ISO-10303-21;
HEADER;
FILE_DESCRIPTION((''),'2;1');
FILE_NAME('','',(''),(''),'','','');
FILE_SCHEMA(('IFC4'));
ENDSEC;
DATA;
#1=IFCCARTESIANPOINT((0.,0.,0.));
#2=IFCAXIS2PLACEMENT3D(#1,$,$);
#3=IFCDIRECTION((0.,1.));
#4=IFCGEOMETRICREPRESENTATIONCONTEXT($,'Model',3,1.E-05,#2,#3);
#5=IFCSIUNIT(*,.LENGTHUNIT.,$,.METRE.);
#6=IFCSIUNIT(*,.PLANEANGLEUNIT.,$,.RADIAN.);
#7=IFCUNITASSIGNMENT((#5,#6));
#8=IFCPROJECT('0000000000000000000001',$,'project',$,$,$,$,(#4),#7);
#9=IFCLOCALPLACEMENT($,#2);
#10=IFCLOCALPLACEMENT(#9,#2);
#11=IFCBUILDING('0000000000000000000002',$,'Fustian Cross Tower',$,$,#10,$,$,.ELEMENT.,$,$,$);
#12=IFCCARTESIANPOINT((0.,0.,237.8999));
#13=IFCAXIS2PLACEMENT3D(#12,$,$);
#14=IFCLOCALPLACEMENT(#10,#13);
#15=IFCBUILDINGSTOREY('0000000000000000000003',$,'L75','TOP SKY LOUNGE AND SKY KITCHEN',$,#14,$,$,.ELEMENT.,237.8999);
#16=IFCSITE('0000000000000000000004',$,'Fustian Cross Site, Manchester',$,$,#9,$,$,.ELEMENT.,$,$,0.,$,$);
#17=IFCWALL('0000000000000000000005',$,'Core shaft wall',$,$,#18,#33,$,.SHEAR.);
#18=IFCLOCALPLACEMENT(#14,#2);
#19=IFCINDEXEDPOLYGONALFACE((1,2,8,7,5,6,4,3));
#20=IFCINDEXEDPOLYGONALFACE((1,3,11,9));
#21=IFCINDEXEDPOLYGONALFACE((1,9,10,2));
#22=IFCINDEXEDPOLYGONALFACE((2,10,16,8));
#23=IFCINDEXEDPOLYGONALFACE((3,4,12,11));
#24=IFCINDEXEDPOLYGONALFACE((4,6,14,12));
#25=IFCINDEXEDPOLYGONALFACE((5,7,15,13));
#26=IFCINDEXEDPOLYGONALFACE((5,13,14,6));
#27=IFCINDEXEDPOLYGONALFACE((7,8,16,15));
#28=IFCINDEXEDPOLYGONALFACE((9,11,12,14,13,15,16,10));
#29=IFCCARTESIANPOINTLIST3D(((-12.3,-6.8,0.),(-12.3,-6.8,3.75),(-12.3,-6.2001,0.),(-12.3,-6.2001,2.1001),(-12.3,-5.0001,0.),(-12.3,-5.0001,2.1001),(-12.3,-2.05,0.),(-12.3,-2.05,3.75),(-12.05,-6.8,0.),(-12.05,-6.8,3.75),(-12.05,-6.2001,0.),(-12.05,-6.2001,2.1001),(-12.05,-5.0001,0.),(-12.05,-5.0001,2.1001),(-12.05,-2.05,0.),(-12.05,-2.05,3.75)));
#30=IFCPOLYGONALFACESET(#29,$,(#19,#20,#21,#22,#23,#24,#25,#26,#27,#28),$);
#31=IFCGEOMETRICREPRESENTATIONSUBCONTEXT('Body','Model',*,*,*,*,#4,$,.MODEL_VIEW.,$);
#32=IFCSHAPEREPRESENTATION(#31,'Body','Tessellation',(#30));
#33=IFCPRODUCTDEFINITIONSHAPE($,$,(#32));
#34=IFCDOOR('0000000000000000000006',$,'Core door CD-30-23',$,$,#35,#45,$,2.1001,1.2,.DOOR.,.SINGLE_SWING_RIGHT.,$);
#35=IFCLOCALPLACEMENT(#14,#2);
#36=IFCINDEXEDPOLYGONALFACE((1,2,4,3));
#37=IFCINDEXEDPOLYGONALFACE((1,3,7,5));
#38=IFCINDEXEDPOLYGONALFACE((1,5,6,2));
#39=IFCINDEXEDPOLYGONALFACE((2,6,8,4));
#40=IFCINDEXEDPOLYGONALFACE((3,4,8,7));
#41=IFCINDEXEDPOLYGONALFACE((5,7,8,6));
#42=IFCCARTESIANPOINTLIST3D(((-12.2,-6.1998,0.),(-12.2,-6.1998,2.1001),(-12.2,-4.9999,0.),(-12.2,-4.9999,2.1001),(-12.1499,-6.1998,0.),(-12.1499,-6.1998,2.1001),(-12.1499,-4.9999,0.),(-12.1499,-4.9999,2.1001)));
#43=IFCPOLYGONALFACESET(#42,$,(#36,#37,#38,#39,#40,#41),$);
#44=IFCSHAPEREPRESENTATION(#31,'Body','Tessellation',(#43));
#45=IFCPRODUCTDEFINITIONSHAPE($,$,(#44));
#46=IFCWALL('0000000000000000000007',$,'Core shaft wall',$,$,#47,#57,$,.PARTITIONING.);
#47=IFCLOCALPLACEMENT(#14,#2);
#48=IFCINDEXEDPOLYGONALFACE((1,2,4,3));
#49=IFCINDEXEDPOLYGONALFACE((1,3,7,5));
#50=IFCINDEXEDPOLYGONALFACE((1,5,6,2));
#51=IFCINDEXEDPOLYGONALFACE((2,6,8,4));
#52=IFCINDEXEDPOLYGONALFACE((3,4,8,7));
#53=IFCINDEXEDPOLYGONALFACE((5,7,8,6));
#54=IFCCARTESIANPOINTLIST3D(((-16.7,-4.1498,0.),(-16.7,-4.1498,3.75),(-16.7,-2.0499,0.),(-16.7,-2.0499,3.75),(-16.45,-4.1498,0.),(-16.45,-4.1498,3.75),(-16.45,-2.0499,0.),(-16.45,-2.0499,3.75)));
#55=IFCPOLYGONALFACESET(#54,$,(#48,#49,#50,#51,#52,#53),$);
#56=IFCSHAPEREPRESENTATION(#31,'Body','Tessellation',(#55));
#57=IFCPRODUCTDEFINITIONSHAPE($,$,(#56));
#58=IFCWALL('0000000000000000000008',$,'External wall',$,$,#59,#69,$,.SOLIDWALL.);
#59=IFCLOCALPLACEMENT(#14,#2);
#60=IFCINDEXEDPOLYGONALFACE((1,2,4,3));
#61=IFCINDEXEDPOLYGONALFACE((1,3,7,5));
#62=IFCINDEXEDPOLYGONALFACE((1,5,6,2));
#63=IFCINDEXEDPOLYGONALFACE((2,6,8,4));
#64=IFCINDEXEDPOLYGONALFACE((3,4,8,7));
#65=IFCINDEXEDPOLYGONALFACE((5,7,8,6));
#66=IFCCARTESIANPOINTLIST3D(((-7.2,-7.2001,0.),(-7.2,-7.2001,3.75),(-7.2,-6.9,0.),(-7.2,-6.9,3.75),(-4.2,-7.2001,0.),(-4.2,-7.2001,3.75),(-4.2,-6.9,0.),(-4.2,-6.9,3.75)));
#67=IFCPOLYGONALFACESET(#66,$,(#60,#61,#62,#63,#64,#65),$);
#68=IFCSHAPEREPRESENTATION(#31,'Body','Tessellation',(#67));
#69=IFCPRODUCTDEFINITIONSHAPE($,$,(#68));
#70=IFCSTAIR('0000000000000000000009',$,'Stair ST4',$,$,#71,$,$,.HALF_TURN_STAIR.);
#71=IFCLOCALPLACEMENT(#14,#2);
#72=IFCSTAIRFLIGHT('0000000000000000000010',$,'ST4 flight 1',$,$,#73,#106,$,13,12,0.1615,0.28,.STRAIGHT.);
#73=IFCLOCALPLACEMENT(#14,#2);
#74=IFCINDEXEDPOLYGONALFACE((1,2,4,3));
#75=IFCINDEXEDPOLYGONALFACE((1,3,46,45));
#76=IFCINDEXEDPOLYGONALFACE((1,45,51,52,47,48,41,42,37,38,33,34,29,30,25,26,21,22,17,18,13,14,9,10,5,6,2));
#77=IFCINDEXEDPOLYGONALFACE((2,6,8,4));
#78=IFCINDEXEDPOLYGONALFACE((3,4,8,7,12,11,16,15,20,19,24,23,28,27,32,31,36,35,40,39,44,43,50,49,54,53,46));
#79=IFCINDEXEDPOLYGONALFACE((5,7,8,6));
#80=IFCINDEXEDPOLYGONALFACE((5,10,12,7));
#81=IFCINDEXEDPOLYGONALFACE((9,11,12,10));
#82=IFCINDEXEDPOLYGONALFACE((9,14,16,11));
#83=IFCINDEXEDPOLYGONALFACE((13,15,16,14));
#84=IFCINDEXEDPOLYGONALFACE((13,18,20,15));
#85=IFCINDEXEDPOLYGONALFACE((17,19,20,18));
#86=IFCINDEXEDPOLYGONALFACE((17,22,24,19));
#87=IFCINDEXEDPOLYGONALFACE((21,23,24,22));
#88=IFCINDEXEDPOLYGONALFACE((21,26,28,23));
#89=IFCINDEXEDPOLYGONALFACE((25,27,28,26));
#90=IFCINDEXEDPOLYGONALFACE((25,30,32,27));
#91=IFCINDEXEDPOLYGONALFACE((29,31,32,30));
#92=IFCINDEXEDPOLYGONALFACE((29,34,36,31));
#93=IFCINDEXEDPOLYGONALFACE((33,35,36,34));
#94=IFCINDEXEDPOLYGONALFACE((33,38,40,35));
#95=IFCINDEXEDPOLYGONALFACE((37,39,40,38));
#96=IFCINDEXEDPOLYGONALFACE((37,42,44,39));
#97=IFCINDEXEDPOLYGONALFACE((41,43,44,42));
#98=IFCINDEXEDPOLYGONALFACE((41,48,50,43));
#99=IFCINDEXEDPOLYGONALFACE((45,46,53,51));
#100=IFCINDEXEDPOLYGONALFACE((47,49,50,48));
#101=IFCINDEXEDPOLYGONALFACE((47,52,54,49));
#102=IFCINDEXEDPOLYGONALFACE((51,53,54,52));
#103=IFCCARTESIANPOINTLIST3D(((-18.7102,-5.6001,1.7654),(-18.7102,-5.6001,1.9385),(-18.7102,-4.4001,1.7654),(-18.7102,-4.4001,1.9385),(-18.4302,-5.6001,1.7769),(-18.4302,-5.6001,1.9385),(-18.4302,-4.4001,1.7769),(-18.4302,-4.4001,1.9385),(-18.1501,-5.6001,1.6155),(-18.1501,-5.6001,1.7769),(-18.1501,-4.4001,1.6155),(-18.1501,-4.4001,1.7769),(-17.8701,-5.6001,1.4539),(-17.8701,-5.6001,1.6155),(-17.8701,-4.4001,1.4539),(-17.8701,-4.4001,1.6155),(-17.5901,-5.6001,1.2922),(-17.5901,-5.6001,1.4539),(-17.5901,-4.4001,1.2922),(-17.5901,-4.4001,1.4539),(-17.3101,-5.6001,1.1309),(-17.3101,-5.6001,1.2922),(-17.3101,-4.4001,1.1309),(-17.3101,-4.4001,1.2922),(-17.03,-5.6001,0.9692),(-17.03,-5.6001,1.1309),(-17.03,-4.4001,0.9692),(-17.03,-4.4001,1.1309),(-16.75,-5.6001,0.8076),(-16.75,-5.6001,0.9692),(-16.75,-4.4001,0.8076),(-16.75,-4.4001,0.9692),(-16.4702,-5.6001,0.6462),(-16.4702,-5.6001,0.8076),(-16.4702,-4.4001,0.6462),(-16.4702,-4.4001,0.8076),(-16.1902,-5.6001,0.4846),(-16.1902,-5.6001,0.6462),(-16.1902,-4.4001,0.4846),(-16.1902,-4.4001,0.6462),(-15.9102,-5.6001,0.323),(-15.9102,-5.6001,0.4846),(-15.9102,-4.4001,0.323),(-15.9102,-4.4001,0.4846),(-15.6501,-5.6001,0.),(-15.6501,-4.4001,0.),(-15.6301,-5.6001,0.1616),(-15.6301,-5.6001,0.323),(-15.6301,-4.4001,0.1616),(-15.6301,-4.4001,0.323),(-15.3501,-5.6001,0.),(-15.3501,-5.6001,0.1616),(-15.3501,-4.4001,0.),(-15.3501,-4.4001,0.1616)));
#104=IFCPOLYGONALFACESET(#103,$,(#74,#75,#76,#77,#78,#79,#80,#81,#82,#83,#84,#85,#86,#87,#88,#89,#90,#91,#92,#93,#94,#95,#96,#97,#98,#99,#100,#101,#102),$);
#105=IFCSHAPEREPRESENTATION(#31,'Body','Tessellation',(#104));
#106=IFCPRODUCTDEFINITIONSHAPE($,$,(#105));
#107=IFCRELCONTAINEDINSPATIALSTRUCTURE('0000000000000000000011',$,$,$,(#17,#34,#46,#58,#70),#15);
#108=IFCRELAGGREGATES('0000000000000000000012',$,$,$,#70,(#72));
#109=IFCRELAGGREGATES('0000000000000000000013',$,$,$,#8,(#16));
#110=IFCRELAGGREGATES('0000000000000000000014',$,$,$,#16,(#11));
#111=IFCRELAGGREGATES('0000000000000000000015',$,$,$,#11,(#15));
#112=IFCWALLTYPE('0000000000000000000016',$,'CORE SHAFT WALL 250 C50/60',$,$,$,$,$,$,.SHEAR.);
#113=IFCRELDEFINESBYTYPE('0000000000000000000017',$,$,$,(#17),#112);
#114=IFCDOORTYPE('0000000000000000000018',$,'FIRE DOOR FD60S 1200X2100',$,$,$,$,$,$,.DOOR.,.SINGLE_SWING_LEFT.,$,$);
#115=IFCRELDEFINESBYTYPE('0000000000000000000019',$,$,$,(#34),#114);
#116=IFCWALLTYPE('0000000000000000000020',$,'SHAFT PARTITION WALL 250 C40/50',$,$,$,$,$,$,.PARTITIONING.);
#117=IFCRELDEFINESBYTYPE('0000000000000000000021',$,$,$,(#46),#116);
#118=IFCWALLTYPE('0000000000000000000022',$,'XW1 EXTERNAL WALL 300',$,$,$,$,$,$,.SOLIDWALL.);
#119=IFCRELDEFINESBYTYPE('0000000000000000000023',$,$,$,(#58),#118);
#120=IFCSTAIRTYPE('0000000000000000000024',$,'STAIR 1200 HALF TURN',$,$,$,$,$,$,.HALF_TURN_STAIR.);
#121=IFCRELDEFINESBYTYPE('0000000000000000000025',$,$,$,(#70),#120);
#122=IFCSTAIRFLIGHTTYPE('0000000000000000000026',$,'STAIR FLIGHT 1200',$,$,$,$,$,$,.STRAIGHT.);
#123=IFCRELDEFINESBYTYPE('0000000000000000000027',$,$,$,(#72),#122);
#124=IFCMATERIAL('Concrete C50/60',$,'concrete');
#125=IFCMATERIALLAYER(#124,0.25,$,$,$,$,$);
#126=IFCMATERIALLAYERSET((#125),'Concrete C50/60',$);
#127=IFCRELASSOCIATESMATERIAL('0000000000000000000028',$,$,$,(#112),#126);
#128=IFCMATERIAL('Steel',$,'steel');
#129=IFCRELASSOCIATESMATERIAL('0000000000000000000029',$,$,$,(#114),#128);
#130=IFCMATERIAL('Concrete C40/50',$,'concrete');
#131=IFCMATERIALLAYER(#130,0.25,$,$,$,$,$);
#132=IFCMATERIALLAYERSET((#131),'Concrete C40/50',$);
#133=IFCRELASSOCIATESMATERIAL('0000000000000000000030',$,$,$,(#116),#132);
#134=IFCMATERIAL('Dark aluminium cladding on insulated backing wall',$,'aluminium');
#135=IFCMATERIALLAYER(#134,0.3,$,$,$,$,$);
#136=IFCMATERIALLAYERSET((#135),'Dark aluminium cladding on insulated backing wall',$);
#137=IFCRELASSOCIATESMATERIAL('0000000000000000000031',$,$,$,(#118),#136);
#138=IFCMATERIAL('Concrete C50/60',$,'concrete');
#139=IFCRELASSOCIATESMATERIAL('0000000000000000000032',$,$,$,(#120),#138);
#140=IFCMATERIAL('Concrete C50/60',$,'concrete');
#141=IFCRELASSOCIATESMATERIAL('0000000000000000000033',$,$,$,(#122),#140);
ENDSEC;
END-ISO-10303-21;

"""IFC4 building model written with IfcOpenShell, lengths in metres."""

from ifc_helpers import new_model, si_unit, direction, frame, frame_2d, origin, place, context, subcontext, project, spatial, polyline, rectangle, outline, extrude, material, layer, layer_set, type_object, element, fill, aggregate, save


model = new_model("IFC4")

# Units and contexts
model_context = context("Model", 3, precision=1e-05, world=origin(), true_north=direction((0.0, 1.0)))
body_context = subcontext(model_context, "Body", "Model", "MODEL_VIEW")
ifc_project = project(units=[si_unit("LENGTHUNIT", "METRE"), si_unit("PLANEANGLEUNIT", "RADIAN")], contexts=[model_context])

# Site, building, storey
site_placement = place(None, origin())
site = spatial("IfcSite", under=ifc_project, at=site_placement, Name="Fustian Cross Site, Manchester", CompositionType="ELEMENT", RefElevation=0.0)
building_placement = place(site_placement, origin())
building = spatial("IfcBuilding", under=site, at=building_placement, Name="Fustian Cross Tower", CompositionType="ELEMENT")
storey_placement = place(building_placement, frame((0.0, 0.0, 237.8999)))
storey = spatial("IfcBuildingStorey", under=building, at=storey_placement, Name="L75", Description="TOP SKY LOUNGE AND SKY KITCHEN", CompositionType="ELEMENT", Elevation=237.8999)

# Shared definitions
ifc_material_1 = material(Name="Concrete C50/60", Category="concrete")
ifc_layer_1 = layer(ifc_material_1, 0.25)
ifc_layer_set_1 = layer_set([ifc_layer_1], Name="Concrete C50/60")
wall_type_1 = type_object("IfcWallType", Name="CORE SHAFT WALL 250 C50/60", PredefinedType="SHEAR", material=ifc_layer_set_1)

# Wall, opening, door
wall_1_placement = place(storey_placement, frame((-12.175, -2.05, 0.0), z_axis=(0.0, 0.0, 1.0), x_axis=(0.0, -1.0, 0.0)))
wall_1 = element("IfcWall", 1, at=wall_1_placement, inside=storey, type_object=wall_type_1, Name="Core shaft wall", PredefinedType="SHEAR", context=body_context, shape_type="SweptSolid", body=[
    extrude(rectangle(XDim=4.75, YDim=0.25, at=frame_2d((2.375, 0.0))), origin(), (0.0, 0.0, 1.0), 3.75),
])
opening_1_placement = place(wall_1_placement, frame((2.95, 0.0, 0.0)))
opening_1 = element("IfcOpeningElement", 2, at=opening_1_placement, cuts=wall_1, PredefinedType="OPENING", context=body_context, shape_type="SweptSolid", body=[
    extrude(rectangle(XDim=1.2, YDim=2.1001, at=frame_2d((0.6001, 1.05))), frame((0.0, 0.135, 0.0), z_axis=(0.0, -1.0, 0.0), x_axis=(1.0, 0.0, 0.0)), (0.0, 0.0, 1.0), 0.27),
])
ifc_material_2 = material(Name="Steel", Category="steel")
door_type_1 = type_object("IfcDoorType", Name="FIRE DOOR FD60S 1200X2100", OperationType="SINGLE_SWING_LEFT", PredefinedType="DOOR", material=ifc_material_2)
door_1_placement = place(opening_1_placement, frame((1.2, 0.0, 0.0), z_axis=(0.0, 0.0, 1.0), x_axis=(-1.0, 0.0, 0.0)))
door_1 = element("IfcDoor", 3, at=door_1_placement, inside=storey, type_object=door_type_1, Name="Core door CD-30-23", OperationType="SINGLE_SWING_RIGHT", OverallHeight=2.1001, OverallWidth=1.2, PredefinedType="DOOR", context=body_context, shape_type="SweptSolid", body=[
    extrude(rectangle(XDim=1.2, YDim=2.1001, at=frame_2d((0.6001, 1.05))), frame((0.0, 0.0249, 0.0), z_axis=(0.0, -1.0, 0.0), x_axis=(1.0, 0.0, 0.0)), (0.0, 0.0, 1.0), 0.05),
])
fill(opening_1, door_1)

# Walls
ifc_material_3 = material(Name="Concrete C40/50", Category="concrete")
ifc_layer_2 = layer(ifc_material_3, 0.25)
ifc_layer_set_2 = layer_set([ifc_layer_2], Name="Concrete C40/50")
wall_type_2 = type_object("IfcWallType", Name="SHAFT PARTITION WALL 250 C40/50", PredefinedType="PARTITIONING", material=ifc_layer_set_2)
wall_2_placement = place(storey_placement, frame((-16.575, -2.05, 0.0), z_axis=(0.0, 0.0, 1.0), x_axis=(0.0, -1.0, 0.0)))
element("IfcWall", 4, at=wall_2_placement, inside=storey, type_object=wall_type_2, Name="Core shaft wall", PredefinedType="PARTITIONING", context=body_context, shape_type="SweptSolid", body=[
    extrude(rectangle(XDim=2.0999, YDim=0.25, at=frame_2d((1.0498, 0.0))), origin(), (0.0, 0.0, 1.0), 3.75),
])
ifc_material_4 = material(Name="Dark aluminium cladding on insulated backing wall", Category="aluminium")
ifc_layer_3 = layer(ifc_material_4, 0.3)
ifc_layer_set_3 = layer_set([ifc_layer_3], Name="Dark aluminium cladding on insulated backing wall")
wall_type_3 = type_object("IfcWallType", Name="XW1 EXTERNAL WALL 300", PredefinedType="SOLIDWALL", material=ifc_layer_set_3)
wall_3_placement = place(storey_placement, frame((-7.2, -7.05, 0.0), z_axis=(0.0, 0.0, 1.0), x_axis=(1.0, 0.0, 0.0)))
element("IfcWall", 5, at=wall_3_placement, inside=storey, type_object=wall_type_3, Name="External wall", PredefinedType="SOLIDWALL", context=body_context, shape_type="SweptSolid", body=[
    extrude(rectangle(XDim=3.0, YDim=0.3, at=frame_2d((1.5, 0.0))), origin(), (0.0, 0.0, 1.0), 3.75),
])

# Stair, stair flight
ifc_material_5 = material(Name="Concrete C50/60", Category="concrete")
stair_type = type_object("IfcStairType", Name="STAIR 1200 HALF TURN", PredefinedType="HALF_TURN_STAIR", material=ifc_material_5)
stair_placement = place(storey_placement, origin())
stair = element("IfcStair", 6, at=stair_placement, inside=storey, type_object=stair_type, Name="Stair ST4", PredefinedType="HALF_TURN_STAIR")
ifc_material_6 = material(Name="Concrete C50/60", Category="concrete")
stair_flight_type = type_object("IfcStairFlightType", Name="STAIR FLIGHT 1200", PredefinedType="STRAIGHT", material=ifc_material_6)
stair_flight_placement = place(storey_placement, frame((-15.3501, -5.0, 0.0), z_axis=(0.0, 0.0, 1.0), x_axis=(-1.0, 0.0, 0.0)))
stair_flight = element("IfcStairFlight", 7, at=stair_flight_placement, type_object=stair_flight_type, Name="ST4 flight 1", NumberOfRisers=13, NumberOfTreads=12, PredefinedType="STRAIGHT", RiserHeight=0.1615, TreadLength=0.28, context=body_context, shape_type="SweptSolid", body=[
    extrude(outline(polyline([(0.0, 0.0), (0.0, 0.1616), (0.28, 0.1616), (0.28, 0.323), (0.5601, 0.323), (0.5601, 0.4846), (0.8401, 0.4846), (0.8401, 0.6462), (1.1201, 0.6462), (1.1201, 0.8076), (1.3999, 0.8076), (1.3999, 0.9692), (1.6799, 0.9692), (1.6799, 1.1309), (1.96, 1.1309), (1.96, 1.2922), (2.24, 1.2922), (2.24, 1.4539), (2.52, 1.4539), (2.52, 1.6155), (2.8, 1.6155), (2.8, 1.7769), (3.0801, 1.7769), (3.0801, 1.9385), (3.3601, 1.9385), (3.3601, 2.1001), (3.3601, 1.7654), (0.3, 0.0), (0.0, 0.0)])), frame((0.0, 0.6001, 0.0), z_axis=(0.0, -1.0, 0.0), x_axis=(1.0, 0.0, 0.0)), (0.0, 0.0, 1.0), 1.2),
])
aggregate(stair, [stair_flight])

save(model, "model.ifc")
